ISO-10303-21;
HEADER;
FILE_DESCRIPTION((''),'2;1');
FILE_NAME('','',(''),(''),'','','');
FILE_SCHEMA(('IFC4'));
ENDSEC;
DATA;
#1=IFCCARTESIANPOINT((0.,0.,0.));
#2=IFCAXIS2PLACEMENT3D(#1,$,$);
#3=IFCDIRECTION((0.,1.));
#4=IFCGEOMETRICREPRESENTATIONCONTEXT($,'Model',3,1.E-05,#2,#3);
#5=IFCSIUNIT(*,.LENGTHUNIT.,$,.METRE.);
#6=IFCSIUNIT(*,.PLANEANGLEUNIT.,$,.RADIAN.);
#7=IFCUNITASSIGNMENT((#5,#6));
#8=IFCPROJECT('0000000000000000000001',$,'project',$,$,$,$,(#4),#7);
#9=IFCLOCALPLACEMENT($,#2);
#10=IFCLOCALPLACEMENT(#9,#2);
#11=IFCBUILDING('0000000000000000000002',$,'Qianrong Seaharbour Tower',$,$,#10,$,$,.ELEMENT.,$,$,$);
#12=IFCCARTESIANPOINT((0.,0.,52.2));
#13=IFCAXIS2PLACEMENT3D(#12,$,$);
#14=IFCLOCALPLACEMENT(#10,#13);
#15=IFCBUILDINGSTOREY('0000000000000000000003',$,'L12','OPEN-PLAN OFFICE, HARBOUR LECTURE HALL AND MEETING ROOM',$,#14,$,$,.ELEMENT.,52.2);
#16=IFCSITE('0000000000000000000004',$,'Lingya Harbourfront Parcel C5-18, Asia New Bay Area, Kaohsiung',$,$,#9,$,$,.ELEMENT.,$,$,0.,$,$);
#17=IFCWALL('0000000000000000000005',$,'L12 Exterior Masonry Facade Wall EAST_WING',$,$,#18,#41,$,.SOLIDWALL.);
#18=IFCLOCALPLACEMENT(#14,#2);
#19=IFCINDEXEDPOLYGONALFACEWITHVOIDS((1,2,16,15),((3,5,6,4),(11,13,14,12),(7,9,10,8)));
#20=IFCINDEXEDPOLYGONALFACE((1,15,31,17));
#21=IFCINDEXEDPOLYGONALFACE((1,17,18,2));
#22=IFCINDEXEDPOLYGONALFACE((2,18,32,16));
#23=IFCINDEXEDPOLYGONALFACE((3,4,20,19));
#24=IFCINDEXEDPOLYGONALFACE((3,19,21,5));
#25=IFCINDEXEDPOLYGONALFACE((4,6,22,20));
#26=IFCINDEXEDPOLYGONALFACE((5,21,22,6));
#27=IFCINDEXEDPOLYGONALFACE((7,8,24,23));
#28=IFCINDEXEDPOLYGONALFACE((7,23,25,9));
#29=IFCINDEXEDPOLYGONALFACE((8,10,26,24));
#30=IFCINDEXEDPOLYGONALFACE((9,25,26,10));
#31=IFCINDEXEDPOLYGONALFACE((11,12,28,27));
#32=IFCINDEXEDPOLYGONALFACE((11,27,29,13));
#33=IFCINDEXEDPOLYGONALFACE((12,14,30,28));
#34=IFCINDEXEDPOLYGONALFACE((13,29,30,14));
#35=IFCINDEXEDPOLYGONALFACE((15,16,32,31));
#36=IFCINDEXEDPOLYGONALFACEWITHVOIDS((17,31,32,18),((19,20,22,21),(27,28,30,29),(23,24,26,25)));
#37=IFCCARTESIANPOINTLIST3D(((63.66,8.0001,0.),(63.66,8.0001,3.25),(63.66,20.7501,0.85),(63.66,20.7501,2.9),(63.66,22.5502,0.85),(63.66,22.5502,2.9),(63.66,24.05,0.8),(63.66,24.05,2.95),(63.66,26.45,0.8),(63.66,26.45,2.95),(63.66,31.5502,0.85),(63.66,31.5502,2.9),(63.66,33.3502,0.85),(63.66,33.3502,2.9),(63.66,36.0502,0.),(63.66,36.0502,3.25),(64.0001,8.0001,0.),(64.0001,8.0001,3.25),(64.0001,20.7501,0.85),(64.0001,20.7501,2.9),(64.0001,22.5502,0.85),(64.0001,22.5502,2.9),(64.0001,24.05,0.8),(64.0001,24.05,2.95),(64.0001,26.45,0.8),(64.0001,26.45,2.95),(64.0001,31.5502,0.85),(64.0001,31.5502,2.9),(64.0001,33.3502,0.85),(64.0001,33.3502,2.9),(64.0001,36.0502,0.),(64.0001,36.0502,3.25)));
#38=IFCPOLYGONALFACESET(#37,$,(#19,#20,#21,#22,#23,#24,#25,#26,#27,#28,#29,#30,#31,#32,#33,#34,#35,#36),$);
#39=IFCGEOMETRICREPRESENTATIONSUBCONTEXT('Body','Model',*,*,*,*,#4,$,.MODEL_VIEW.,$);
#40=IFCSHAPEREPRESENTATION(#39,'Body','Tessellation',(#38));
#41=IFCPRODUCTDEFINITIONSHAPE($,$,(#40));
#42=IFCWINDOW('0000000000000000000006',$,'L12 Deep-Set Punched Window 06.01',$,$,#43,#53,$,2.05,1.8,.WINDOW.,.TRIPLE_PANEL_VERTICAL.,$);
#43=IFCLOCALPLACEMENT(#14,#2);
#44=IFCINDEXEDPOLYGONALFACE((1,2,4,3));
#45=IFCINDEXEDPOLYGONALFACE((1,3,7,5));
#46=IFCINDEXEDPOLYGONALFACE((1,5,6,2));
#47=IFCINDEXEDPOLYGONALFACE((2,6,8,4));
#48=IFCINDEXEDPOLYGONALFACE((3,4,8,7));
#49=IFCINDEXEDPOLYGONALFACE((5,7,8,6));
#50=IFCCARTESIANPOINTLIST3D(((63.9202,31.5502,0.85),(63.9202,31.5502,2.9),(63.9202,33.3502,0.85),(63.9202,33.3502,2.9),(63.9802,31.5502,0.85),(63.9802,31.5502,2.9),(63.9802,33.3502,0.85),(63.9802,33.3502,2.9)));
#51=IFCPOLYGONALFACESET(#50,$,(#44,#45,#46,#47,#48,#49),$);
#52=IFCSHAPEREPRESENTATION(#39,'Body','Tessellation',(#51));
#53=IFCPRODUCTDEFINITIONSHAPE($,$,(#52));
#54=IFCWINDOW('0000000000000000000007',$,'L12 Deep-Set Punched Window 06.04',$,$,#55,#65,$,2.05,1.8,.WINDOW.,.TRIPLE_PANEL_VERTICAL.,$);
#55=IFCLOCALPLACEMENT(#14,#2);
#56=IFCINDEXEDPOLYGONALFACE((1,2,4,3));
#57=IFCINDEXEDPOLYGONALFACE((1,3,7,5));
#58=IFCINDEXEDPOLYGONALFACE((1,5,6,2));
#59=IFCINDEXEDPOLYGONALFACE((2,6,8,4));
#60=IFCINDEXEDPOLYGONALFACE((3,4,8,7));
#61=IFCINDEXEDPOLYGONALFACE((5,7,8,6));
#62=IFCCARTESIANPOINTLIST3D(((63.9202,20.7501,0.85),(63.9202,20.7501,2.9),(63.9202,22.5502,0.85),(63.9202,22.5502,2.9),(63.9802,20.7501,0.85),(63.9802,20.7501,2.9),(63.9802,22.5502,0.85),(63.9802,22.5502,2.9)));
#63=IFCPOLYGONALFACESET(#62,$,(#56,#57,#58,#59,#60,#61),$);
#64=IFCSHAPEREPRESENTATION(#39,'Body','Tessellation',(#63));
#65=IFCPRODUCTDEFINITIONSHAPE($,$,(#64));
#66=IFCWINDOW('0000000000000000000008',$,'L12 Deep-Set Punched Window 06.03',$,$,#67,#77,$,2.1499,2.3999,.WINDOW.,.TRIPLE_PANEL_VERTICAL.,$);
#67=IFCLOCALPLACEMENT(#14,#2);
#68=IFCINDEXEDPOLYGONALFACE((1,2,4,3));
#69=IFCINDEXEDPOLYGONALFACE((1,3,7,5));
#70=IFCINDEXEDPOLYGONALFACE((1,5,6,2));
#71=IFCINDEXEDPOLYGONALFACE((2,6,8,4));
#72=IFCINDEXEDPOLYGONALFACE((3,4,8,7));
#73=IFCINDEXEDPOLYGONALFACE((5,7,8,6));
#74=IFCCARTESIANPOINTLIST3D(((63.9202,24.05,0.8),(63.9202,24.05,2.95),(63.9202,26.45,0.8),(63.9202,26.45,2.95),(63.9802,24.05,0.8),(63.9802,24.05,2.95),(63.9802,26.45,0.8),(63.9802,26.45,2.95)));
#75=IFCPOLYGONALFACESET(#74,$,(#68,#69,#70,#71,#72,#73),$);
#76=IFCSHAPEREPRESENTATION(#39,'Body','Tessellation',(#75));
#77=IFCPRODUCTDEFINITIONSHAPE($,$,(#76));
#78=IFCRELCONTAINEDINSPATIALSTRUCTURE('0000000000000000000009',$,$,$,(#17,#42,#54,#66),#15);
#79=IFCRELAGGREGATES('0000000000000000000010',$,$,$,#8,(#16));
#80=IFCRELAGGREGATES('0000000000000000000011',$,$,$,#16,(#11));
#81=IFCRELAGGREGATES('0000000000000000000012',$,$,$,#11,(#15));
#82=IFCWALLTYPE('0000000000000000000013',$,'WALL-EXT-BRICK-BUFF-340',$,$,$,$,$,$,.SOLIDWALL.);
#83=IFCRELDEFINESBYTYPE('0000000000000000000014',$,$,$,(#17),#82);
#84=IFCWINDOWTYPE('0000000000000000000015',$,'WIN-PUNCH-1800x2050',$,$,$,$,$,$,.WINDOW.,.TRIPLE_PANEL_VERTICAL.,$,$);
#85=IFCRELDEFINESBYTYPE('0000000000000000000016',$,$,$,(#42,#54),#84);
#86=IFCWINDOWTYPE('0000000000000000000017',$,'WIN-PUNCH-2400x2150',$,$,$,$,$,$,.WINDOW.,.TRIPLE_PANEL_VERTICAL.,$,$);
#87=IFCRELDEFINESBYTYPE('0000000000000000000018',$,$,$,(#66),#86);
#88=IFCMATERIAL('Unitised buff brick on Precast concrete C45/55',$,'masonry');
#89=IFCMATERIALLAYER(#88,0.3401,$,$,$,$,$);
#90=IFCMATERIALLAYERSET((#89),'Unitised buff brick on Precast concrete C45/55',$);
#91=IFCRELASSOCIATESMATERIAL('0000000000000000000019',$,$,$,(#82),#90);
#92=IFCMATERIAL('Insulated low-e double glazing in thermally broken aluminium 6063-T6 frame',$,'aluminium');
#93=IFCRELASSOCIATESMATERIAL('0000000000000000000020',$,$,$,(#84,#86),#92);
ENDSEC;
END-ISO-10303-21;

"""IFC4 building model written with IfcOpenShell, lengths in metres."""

from ifc_helpers import new_model, si_unit, direction, frame, frame_2d, origin, place, context, subcontext, project, spatial, rectangle, extrude, material, layer, layer_set, type_object, element, fill, save


model = new_model("IFC4")

# Units and contexts
model_context = context("Model", 3, precision=1e-05, world=origin(), true_north=direction((0.0, 1.0)))
body_context = subcontext(model_context, "Body", "Model", "MODEL_VIEW")
ifc_project = project(units=[si_unit("LENGTHUNIT", "METRE"), si_unit("PLANEANGLEUNIT", "RADIAN")], contexts=[model_context])

# Site, building, storey
site_placement = place(None, origin())
site = spatial("IfcSite", under=ifc_project, at=site_placement, Name="Lingya Harbourfront Parcel C5-18, Asia New Bay Area, Kaohsiung", CompositionType="ELEMENT", RefElevation=0.0)
building_placement = place(site_placement, origin())
building = spatial("IfcBuilding", under=site, at=building_placement, Name="Qianrong Seaharbour Tower", CompositionType="ELEMENT")
storey_placement = place(building_placement, frame((0.0, 0.0, 52.2)))
storey = spatial("IfcBuildingStorey", under=building, at=storey_placement, Name="L12", Description="OPEN-PLAN OFFICE, HARBOUR LECTURE HALL AND MEETING ROOM", CompositionType="ELEMENT", Elevation=52.2)

# Wall, openings, windows
ifc_material_1 = material(Name="Unitised buff brick on Precast concrete C45/55", Category="masonry")
ifc_layer_1 = layer(ifc_material_1, 0.3401)
ifc_layer_set_1 = layer_set([ifc_layer_1], Name="Unitised buff brick on Precast concrete C45/55")
wall_type_1 = type_object("IfcWallType", Name="WALL-EXT-BRICK-BUFF-340", PredefinedType="SOLIDWALL", material=ifc_layer_set_1)
wall_1_placement = place(storey_placement, frame((63.8301, 36.05, 0.0), z_axis=(0.0, 0.0, 1.0), x_axis=(0.0, -1.0, 0.0)))
wall_1 = element("IfcWall", 1, at=wall_1_placement, inside=storey, type_object=wall_type_1, Name="L12 Exterior Masonry Facade Wall EAST_WING", PredefinedType="SOLIDWALL", context=body_context, shape_type="SweptSolid", body=[
    extrude(rectangle(XDim=28.05, YDim=0.3401, at=frame_2d((14.0249, 0.0))), origin(), (0.0, 0.0, 1.0), 3.25),
])
opening_1_placement = place(wall_1_placement, frame((2.7, 0.0, 0.8501)))
opening_1 = element("IfcOpeningElement", 2, at=opening_1_placement, cuts=wall_1, PredefinedType="OPENING", context=body_context, shape_type="SweptSolid", body=[
    extrude(rectangle(XDim=1.8, YDim=2.05, at=frame_2d((0.8999, 1.0249))), frame((0.0, 0.1802, 0.0), z_axis=(0.0, -1.0, 0.0), x_axis=(1.0, 0.0, 0.0)), (0.0, 0.0, 1.0), 0.3601),
])
opening_2_placement = place(wall_1_placement, frame((9.6001, 0.0, 0.8)))
opening_2 = element("IfcOpeningElement", 3, at=opening_2_placement, cuts=wall_1, PredefinedType="OPENING", context=body_context, shape_type="SweptSolid", body=[
    extrude(rectangle(XDim=2.3999, YDim=2.1499, at=frame_2d((1.2, 1.075))), frame((0.0, 0.1802, 0.0), z_axis=(0.0, -1.0, 0.0), x_axis=(1.0, 0.0, 0.0)), (0.0, 0.0, 1.0), 0.3601),
])
opening_3_placement = place(wall_1_placement, frame((13.5, 0.0, 0.8501)))
opening_3 = element("IfcOpeningElement", 4, at=opening_3_placement, cuts=wall_1, PredefinedType="OPENING", context=body_context, shape_type="SweptSolid", body=[
    extrude(rectangle(XDim=1.8, YDim=2.05, at=frame_2d((0.8999, 1.0249))), frame((0.0, 0.1802, 0.0), z_axis=(0.0, -1.0, 0.0), x_axis=(1.0, 0.0, 0.0)), (0.0, 0.0, 1.0), 0.3601),
])
ifc_material_2 = material(Name="Insulated low-e double glazing in thermally broken aluminium 6063-T6 frame", Category="aluminium")
window_type_1 = type_object("IfcWindowType", Name="WIN-PUNCH-1800x2050", PartitioningType="TRIPLE_PANEL_VERTICAL", PredefinedType="WINDOW", material=ifc_material_2)
window_1_placement = place(opening_1_placement, origin())
window_1 = element("IfcWindow", 5, at=window_1_placement, inside=storey, type_object=window_type_1, Name="L12 Deep-Set Punched Window 06.01", OverallHeight=2.05, OverallWidth=1.8, PartitioningType="TRIPLE_PANEL_VERTICAL", PredefinedType="WINDOW", context=body_context, shape_type="SweptSolid", body=[
    extrude(rectangle(XDim=1.8, YDim=2.05, at=frame_2d((0.8999, 1.0249))), frame((0.0, 0.1501, 0.0), z_axis=(0.0, -1.0, 0.0), x_axis=(1.0, 0.0, 0.0)), (0.0, 0.0, 1.0), 0.0601),
])
fill(opening_1, window_1)
window_2_placement = place(opening_3_placement, origin())
window_2 = element("IfcWindow", 6, at=window_2_placement, inside=storey, type_object=window_type_1, Name="L12 Deep-Set Punched Window 06.04", OverallHeight=2.05, OverallWidth=1.8, PartitioningType="TRIPLE_PANEL_VERTICAL", PredefinedType="WINDOW", context=body_context, shape_type="SweptSolid", body=[
    extrude(rectangle(XDim=1.8, YDim=2.05, at=frame_2d((0.8999, 1.0249))), frame((0.0, 0.1501, 0.0), z_axis=(0.0, -1.0, 0.0), x_axis=(1.0, 0.0, 0.0)), (0.0, 0.0, 1.0), 0.0601),
])
fill(opening_3, window_2)
window_type_2 = type_object("IfcWindowType", Name="WIN-PUNCH-2400x2150", PartitioningType="TRIPLE_PANEL_VERTICAL", PredefinedType="WINDOW", material=ifc_material_2)
window_3_placement = place(opening_2_placement, origin())
window_3 = element("IfcWindow", 7, at=window_3_placement, inside=storey, type_object=window_type_2, Name="L12 Deep-Set Punched Window 06.03", OverallHeight=2.1499, OverallWidth=2.3999, PartitioningType="TRIPLE_PANEL_VERTICAL", PredefinedType="WINDOW", context=body_context, shape_type="SweptSolid", body=[
    extrude(rectangle(XDim=2.3999, YDim=2.1499, at=frame_2d((1.2, 1.075))), frame((0.0, 0.1501, 0.0), z_axis=(0.0, -1.0, 0.0), x_axis=(1.0, 0.0, 0.0)), (0.0, 0.0, 1.0), 0.0601),
])
fill(opening_2, window_3)

save(model, "model.ifc")
